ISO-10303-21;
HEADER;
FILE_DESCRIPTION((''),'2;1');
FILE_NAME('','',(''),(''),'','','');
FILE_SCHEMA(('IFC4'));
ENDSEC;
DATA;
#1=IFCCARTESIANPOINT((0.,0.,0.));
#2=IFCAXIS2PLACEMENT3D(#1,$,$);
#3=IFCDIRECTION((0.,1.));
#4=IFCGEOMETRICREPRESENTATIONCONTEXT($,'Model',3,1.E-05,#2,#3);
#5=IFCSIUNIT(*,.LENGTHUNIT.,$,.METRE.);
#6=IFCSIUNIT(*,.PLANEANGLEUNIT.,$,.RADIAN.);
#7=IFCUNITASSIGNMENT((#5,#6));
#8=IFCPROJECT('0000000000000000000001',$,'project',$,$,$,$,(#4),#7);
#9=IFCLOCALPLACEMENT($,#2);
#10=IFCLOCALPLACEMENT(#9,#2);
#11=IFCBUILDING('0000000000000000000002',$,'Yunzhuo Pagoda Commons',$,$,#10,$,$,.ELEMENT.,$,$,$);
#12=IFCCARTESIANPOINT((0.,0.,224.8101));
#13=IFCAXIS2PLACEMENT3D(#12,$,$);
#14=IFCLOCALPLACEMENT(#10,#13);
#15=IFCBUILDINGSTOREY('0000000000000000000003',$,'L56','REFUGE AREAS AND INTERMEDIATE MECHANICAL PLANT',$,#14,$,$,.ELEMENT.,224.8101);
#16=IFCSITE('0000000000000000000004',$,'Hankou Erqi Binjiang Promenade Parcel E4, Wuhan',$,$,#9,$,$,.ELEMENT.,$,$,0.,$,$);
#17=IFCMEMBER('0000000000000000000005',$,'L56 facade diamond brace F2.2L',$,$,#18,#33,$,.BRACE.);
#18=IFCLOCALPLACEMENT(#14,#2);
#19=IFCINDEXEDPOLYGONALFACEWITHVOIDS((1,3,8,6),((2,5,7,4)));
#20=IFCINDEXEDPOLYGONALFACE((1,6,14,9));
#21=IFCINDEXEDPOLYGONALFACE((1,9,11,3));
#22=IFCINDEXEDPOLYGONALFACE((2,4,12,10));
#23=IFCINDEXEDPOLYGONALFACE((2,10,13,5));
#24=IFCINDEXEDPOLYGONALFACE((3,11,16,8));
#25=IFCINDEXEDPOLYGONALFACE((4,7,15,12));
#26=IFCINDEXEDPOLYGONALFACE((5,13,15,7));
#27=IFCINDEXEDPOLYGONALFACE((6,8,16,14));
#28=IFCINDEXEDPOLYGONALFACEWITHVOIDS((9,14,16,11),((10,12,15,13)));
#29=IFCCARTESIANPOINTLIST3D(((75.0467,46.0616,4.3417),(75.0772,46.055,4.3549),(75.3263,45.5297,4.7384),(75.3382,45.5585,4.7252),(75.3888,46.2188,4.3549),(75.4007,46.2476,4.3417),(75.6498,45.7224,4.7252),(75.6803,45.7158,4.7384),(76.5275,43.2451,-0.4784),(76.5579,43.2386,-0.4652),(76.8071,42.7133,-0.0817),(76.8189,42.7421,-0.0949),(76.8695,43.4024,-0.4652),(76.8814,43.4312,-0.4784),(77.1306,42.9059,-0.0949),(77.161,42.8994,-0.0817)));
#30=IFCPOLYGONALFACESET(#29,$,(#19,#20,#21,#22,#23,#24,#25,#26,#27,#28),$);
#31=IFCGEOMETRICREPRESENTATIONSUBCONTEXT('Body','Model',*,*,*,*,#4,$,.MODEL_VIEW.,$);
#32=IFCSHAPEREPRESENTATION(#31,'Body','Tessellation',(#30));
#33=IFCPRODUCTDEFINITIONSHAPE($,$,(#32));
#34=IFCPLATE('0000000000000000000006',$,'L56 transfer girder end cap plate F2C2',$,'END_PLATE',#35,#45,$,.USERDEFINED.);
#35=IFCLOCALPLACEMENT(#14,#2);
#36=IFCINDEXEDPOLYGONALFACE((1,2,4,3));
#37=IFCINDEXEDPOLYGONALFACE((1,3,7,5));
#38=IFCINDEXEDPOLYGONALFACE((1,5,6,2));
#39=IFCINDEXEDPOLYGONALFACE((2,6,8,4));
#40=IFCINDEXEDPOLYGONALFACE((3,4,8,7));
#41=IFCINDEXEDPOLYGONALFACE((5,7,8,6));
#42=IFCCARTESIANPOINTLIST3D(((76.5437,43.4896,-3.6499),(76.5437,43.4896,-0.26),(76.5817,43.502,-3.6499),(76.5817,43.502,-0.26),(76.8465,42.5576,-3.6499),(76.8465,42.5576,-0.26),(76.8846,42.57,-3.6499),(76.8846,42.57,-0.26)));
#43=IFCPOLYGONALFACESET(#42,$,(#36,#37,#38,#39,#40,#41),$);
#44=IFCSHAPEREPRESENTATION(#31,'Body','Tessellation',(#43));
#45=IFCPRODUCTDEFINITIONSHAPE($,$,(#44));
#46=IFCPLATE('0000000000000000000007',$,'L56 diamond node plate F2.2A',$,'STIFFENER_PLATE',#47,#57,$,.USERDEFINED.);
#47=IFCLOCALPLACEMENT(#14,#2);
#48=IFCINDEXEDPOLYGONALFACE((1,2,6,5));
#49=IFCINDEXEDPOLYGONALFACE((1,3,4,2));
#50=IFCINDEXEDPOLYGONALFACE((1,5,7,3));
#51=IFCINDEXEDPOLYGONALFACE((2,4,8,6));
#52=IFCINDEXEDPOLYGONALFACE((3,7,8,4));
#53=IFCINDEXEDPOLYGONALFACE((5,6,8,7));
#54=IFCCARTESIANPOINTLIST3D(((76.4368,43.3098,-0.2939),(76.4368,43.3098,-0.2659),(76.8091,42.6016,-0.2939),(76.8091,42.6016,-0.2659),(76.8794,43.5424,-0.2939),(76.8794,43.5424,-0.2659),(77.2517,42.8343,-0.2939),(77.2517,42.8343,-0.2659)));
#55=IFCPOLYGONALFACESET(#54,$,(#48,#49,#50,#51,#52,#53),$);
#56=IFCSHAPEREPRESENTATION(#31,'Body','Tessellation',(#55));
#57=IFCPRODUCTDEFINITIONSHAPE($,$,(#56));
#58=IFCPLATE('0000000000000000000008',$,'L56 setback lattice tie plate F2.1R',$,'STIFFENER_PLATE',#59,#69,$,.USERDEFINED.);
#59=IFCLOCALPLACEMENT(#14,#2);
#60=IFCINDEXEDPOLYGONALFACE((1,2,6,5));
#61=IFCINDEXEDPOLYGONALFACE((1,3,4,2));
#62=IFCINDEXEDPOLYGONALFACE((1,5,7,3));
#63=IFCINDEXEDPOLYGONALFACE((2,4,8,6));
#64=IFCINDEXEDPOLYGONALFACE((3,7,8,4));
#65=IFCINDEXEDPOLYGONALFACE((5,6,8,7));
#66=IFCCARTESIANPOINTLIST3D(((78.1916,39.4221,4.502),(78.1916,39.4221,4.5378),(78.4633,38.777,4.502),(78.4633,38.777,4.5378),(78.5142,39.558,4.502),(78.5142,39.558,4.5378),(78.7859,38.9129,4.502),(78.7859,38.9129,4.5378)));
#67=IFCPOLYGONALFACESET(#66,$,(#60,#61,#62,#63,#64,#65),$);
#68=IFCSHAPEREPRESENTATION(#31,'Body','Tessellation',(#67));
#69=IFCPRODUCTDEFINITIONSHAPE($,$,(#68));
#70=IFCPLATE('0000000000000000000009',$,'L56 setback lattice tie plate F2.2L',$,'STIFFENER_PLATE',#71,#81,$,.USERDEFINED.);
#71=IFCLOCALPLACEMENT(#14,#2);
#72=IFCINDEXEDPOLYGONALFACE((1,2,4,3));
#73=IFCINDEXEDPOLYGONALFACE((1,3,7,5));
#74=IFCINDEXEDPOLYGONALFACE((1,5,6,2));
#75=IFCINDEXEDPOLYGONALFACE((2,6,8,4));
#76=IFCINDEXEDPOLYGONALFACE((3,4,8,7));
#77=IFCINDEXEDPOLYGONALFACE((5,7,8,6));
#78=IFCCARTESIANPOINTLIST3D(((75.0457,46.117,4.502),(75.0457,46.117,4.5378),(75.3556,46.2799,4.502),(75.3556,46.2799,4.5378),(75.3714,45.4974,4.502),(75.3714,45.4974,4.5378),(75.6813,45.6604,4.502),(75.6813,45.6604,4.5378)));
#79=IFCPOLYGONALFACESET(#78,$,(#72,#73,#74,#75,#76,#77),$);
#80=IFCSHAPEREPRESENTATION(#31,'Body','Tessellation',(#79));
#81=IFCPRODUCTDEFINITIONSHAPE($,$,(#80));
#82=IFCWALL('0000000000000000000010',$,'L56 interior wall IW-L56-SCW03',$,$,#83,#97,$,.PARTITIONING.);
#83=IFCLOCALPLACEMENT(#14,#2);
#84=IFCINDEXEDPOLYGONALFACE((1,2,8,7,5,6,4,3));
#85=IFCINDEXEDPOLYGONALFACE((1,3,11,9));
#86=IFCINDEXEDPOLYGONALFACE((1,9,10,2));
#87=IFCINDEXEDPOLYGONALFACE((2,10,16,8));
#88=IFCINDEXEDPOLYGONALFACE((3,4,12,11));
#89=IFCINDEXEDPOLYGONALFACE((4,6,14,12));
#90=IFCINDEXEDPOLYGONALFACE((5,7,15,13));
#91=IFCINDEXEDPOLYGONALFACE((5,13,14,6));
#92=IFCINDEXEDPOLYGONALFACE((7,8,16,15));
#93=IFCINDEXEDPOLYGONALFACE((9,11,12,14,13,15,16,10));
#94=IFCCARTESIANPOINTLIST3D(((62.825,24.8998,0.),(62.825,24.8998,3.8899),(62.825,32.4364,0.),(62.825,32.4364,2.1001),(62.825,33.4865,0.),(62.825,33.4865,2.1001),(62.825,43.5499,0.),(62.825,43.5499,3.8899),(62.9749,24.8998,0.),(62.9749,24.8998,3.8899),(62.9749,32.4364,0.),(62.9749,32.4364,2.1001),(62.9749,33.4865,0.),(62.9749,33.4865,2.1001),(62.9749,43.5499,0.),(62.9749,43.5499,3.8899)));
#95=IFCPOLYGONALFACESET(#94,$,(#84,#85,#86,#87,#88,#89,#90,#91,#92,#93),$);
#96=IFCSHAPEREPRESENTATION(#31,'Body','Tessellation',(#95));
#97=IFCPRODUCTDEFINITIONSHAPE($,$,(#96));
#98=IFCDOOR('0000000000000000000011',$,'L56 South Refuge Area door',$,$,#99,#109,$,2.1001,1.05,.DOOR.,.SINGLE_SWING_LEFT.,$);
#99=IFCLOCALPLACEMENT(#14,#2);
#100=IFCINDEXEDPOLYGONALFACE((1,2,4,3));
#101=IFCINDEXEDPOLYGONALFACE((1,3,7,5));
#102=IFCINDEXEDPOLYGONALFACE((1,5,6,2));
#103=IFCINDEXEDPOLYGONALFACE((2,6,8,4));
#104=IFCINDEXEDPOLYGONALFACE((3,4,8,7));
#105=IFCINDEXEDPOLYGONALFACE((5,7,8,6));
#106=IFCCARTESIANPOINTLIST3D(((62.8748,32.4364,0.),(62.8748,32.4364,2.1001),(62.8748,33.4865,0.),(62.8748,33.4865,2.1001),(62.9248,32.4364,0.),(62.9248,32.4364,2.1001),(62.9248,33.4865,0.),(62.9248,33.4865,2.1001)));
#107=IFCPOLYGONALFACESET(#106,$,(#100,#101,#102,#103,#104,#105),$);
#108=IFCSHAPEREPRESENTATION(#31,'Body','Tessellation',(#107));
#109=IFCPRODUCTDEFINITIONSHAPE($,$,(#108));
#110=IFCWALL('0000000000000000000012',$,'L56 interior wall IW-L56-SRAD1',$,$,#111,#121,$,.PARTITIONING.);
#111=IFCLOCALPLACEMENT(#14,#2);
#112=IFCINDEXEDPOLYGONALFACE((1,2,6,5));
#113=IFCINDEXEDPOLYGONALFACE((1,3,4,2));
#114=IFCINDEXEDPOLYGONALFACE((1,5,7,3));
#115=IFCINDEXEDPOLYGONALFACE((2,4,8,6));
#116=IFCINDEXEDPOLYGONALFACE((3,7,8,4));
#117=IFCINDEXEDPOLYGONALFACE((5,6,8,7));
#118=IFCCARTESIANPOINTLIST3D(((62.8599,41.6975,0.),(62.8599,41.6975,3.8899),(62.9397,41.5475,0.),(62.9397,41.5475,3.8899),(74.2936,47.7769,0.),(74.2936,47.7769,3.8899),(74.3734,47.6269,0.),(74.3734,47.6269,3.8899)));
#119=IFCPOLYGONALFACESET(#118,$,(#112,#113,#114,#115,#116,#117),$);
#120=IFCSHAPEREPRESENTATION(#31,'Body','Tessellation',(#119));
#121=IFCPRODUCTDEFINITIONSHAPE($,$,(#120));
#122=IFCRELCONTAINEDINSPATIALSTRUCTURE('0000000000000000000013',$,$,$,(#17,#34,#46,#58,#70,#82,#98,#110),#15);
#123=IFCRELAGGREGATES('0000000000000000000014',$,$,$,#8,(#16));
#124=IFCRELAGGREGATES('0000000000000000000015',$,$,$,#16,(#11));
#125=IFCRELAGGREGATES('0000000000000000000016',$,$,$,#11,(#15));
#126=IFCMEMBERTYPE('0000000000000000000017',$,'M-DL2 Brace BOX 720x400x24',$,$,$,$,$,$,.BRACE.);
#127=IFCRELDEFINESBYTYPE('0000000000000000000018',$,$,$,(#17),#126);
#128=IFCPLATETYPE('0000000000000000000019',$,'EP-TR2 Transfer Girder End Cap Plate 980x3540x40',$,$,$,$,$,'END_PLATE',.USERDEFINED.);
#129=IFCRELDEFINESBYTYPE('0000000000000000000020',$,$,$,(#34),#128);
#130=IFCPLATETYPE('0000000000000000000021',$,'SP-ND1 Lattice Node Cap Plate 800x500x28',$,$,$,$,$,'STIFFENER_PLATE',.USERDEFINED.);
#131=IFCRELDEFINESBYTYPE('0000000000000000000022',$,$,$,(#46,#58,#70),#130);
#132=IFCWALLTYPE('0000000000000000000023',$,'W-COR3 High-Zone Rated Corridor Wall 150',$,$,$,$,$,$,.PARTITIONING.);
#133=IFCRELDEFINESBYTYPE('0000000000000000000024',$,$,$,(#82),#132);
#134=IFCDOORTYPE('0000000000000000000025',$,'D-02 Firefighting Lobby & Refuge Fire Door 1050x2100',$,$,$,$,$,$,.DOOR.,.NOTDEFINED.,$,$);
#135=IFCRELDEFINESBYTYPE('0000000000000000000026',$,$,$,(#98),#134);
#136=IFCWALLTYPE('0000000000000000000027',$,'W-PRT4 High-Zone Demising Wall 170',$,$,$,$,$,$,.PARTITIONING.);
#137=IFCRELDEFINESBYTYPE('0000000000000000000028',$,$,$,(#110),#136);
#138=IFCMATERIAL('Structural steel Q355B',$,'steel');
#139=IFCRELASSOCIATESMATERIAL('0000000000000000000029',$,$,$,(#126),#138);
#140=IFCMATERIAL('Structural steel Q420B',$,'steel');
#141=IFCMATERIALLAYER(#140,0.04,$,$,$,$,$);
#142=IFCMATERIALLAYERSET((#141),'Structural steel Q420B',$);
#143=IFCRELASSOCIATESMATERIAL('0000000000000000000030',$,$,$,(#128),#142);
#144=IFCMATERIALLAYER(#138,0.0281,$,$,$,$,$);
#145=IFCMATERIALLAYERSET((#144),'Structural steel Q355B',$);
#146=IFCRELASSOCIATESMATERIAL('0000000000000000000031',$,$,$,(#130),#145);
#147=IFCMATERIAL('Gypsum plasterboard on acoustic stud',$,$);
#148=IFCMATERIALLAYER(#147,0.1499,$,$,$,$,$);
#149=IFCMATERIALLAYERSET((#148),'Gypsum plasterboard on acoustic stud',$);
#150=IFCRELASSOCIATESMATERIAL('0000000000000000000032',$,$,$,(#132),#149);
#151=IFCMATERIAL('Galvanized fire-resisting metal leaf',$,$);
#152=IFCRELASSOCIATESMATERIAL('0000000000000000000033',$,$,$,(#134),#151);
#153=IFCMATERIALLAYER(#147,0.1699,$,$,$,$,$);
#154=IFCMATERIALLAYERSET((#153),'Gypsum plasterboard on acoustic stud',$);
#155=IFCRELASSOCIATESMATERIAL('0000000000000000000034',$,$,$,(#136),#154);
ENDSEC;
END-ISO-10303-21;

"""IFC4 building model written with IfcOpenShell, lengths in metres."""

from ifc_helpers import new_model, si_unit, direction, frame, frame_2d, origin, origin_with_axes, origin_2d, place, context, subcontext, project, spatial, rectangle, hollow_rectangle, extrude, source, transform, mapped, material, layer, layer_set, material_profile, profile_set, type_object, element, fill, save


model = new_model("IFC4")

# Units and contexts
model_context = context("Model", 3, precision=1e-05, world=origin(), true_north=direction((0.0, 1.0)))
body_context = subcontext(model_context, "Body", "Model", "MODEL_VIEW")
ifc_project = project(units=[si_unit("LENGTHUNIT", "METRE"), si_unit("PLANEANGLEUNIT", "RADIAN")], contexts=[model_context])

# Site, building, storey
site_placement = place(None, origin())
site = spatial("IfcSite", under=ifc_project, at=site_placement, Name="Hankou Erqi Binjiang Promenade Parcel E4, Wuhan", CompositionType="ELEMENT", RefElevation=0.0)
building_placement = place(site_placement, origin())
building = spatial("IfcBuilding", under=site, at=building_placement, Name="Yunzhuo Pagoda Commons", CompositionType="ELEMENT")
storey_placement = place(building_placement, frame((0.0, 0.0, 224.8101)))
storey = spatial("IfcBuildingStorey", under=building, at=storey_placement, Name="L56", Description="REFUGE AREAS AND INTERMEDIATE MECHANICAL PLANT", CompositionType="ELEMENT", Elevation=224.8101)

# Shared definitions
ifc_material_1 = material(Name="Structural steel Q420B", Category="steel")
ifc_material_2 = material(Name="Structural steel Q355B", Category="steel")

# Member
ifc_material_profile_1 = material_profile(ifc_material_2, hollow_rectangle(XDim=0.3999, YDim=0.72, WallThickness=0.0239, at=origin_2d()), Name="Structural steel Q355B")
ifc_profile_set_1 = profile_set([ifc_material_profile_1], Name="Structural steel Q355B")
member_type = type_object("IfcMemberType", Name="M-DL2 Brace BOX 720x400x24", PredefinedType="BRACE", material=ifc_profile_set_1)
shared_shape_1 = source(origin(), body_context, "Body", "SweptSolid", [
    extrude(hollow_rectangle(XDim=0.3999, YDim=0.72, WallThickness=0.0239, at=origin_2d()), origin(), (0.0, 0.0, 1.0), 5.7756),
])
member_1_placement = place(storey_placement, frame((76.8442, 43.0723, -0.28), z_axis=(-0.256373, 0.487638, 0.834555), x_axis=(-0.885126, -0.465351, 0.0)))
element("IfcMember", 1, at=member_1_placement, inside=storey, type_object=member_type, Name="L56 facade diamond brace F2.2L", PredefinedType="BRACE", context=body_context, shape_type="MappedRepresentation", body=[
    mapped(shared_shape_1, transform((0.0, 0.0, 0.0), scale=1.0)),
])

# Plates
ifc_layer_1 = layer(ifc_material_1, 0.04)
ifc_layer_set_1 = layer_set([ifc_layer_1], Name="Structural steel Q420B")
plate_type_1 = type_object("IfcPlateType", Name="EP-TR2 Transfer Girder End Cap Plate 980x3540x40", ElementType="END_PLATE", PredefinedType="USERDEFINED", material=ifc_layer_set_1)
shared_shape_2 = source(origin(), body_context, "Body", "SweptSolid", [
    extrude(rectangle(XDim=0.98, YDim=0.04, at=origin_2d()), origin(), (0.0, 0.0, 1.0), 3.3899),
])
plate_1_placement = place(storey_placement, frame((76.7141, 43.0298, -3.6499), z_axis=(0.0, 0.0, 1.0), x_axis=(-0.309017, 0.951057, 0.0)))
element("IfcPlate", 2, at=plate_1_placement, inside=storey, type_object=plate_type_1, Name="L56 transfer girder end cap plate F2C2", ObjectType="END_PLATE", PredefinedType="USERDEFINED", context=body_context, shape_type="MappedRepresentation", body=[
    mapped(shared_shape_2, transform((0.0, 0.0, 0.0), scale=1.0)),
])
ifc_layer_2 = layer(ifc_material_2, 0.0281)
ifc_layer_set_2 = layer_set([ifc_layer_2], Name="Structural steel Q355B")
plate_type_2 = type_object("IfcPlateType", Name="SP-ND1 Lattice Node Cap Plate 800x500x28", ElementType="STIFFENER_PLATE", PredefinedType="USERDEFINED", material=ifc_layer_set_2)
shared_shape_3 = source(origin(), body_context, "Body", "SweptSolid", [
    extrude(rectangle(XDim=0.8, YDim=0.5, at=origin_2d()), origin(), (0.0, 0.0, 1.0), 0.0281),
])
plate_2_placement = place(storey_placement, frame((76.8442, 43.072, -0.2939), z_axis=(0.0, 0.0, 1.0), x_axis=(-0.465336, 0.885134, 0.0)))
element("IfcPlate", 3, at=plate_2_placement, inside=storey, type_object=plate_type_2, Name="L56 diamond node plate F2.2A", ObjectType="STIFFENER_PLATE", PredefinedType="USERDEFINED", context=body_context, shape_type="MappedRepresentation", body=[
    mapped(shared_shape_3, transform((0.0, 0.0, 0.0), scale=1.0)),
])
shared_shape_4 = source(origin(), body_context, "Body", "SweptSolid", [
    extrude(rectangle(XDim=0.7, YDim=0.3501, at=origin_2d()), origin(), (0.0, 0.0, 1.0), 0.0359),
])
for number, where, z_axis, x_axis, name in (
    (4, (78.4888, 39.1675, 4.502), (0.0, 0.0, 1.0), (-0.388175, 0.921586, 0.0), "L56 setback lattice tie plate F2.1R"),
    (5, (75.3635, 45.8887, 4.502), (0.0, 0.0, 1.0), (-0.465336, 0.885134, 0.0), "L56 setback lattice tie plate F2.2L"),
):
    element("IfcPlate", number, at=place(storey_placement, frame(where, z_axis=z_axis, x_axis=x_axis)), inside=storey, type_object=plate_type_2, Name=name, ObjectType="STIFFENER_PLATE", PredefinedType="USERDEFINED", context=body_context, shape_type="MappedRepresentation", body=[
        mapped(shared_shape_4, transform((0.0, 0.0, 0.0), scale=1.0)),
    ])

# Wall, opening, door
ifc_material_3 = material(Name="Gypsum plasterboard on acoustic stud")
ifc_layer_3 = layer(ifc_material_3, 0.1499)
ifc_layer_set_3 = layer_set([ifc_layer_3], Name="Gypsum plasterboard on acoustic stud")
wall_type_1 = type_object("IfcWallType", Name="W-COR3 High-Zone Rated Corridor Wall 150", PredefinedType="PARTITIONING", material=ifc_layer_set_3)
wall_1_placement = place(storey_placement, frame((62.8999, 43.55, 0.0), z_axis=(0.0, 0.0, 1.0), x_axis=(0.0, -1.0, 0.0)))
wall_1 = element("IfcWall", 6, at=wall_1_placement, inside=storey, type_object=wall_type_1, Name="L56 interior wall IW-L56-SCW03", PredefinedType="PARTITIONING", context=body_context, shape_type="SweptSolid", body=[
    extrude(rectangle(XDim=18.6501, YDim=0.1499, at=frame_2d((9.3252, 0.0))), origin(), (0.0, 0.0, 1.0), 3.8899),
])
opening_placement = place(wall_1_placement, frame((10.0637, 0.0, 0.0)))
opening = element("IfcOpeningElement", 7, at=opening_placement, cuts=wall_1, PredefinedType="OPENING", context=body_context, shape_type="SweptSolid", body=[
    extrude(rectangle(XDim=1.05, YDim=2.1001, at=frame_2d((0.5249, 1.05))), frame((0.0, 0.085, 0.0), z_axis=(0.0, -1.0, 0.0), x_axis=(1.0, 0.0, 0.0)), (0.0, 0.0, 1.0), 0.1699),
])
ifc_material_4 = material(Name="Galvanized fire-resisting metal leaf")
door_type = type_object("IfcDoorType", Name="D-02 Firefighting Lobby & Refuge Fire Door 1050x2100", OperationType="NOTDEFINED", PredefinedType="DOOR", material=ifc_material_4)
shared_shape_5 = source(origin(), body_context, "Body", "SweptSolid", [
    extrude(rectangle(XDim=1.05, YDim=2.1001, at=frame_2d((0.5249, 1.05))), frame((0.0, 0.0249, 0.0), z_axis=(0.0, -1.0, 0.0), x_axis=(1.0, 0.0, 0.0)), (0.0, 0.0, 1.0), 0.05),
])
door_placement = place(opening_placement, origin_with_axes())
door = element("IfcDoor", 8, at=door_placement, inside=storey, type_object=door_type, Name="L56 South Refuge Area door", OperationType="SINGLE_SWING_LEFT", OverallHeight=2.1001, OverallWidth=1.05, PredefinedType="DOOR", context=body_context, shape_type="MappedRepresentation", body=[
    mapped(shared_shape_5, transform((0.0, 0.0, 0.0), scale=1.0)),
])
fill(opening, door)

# Wall
ifc_layer_4 = layer(ifc_material_3, 0.1699)
ifc_layer_set_4 = layer_set([ifc_layer_4], Name="Gypsum plasterboard on acoustic stud")
wall_type_2 = type_object("IfcWallType", Name="W-PRT4 High-Zone Demising Wall 170", PredefinedType="PARTITIONING", material=ifc_layer_set_4)
wall_2_placement = place(storey_placement, frame((62.8999, 41.6226, 0.0), z_axis=(0.0, 0.0, 1.0), x_axis=(0.882948, 0.469471, 0.0)))
element("IfcWall", 9, at=wall_2_placement, inside=storey, type_object=wall_type_2, Name="L56 interior wall IW-L56-SRAD1", PredefinedType="PARTITIONING", context=body_context, shape_type="SweptSolid", body=[
    extrude(rectangle(XDim=12.9495, YDim=0.1699, at=frame_2d((6.4746, 0.0))), origin(), (0.0, 0.0, 1.0), 3.8899),
])

save(model, "model.ifc")
